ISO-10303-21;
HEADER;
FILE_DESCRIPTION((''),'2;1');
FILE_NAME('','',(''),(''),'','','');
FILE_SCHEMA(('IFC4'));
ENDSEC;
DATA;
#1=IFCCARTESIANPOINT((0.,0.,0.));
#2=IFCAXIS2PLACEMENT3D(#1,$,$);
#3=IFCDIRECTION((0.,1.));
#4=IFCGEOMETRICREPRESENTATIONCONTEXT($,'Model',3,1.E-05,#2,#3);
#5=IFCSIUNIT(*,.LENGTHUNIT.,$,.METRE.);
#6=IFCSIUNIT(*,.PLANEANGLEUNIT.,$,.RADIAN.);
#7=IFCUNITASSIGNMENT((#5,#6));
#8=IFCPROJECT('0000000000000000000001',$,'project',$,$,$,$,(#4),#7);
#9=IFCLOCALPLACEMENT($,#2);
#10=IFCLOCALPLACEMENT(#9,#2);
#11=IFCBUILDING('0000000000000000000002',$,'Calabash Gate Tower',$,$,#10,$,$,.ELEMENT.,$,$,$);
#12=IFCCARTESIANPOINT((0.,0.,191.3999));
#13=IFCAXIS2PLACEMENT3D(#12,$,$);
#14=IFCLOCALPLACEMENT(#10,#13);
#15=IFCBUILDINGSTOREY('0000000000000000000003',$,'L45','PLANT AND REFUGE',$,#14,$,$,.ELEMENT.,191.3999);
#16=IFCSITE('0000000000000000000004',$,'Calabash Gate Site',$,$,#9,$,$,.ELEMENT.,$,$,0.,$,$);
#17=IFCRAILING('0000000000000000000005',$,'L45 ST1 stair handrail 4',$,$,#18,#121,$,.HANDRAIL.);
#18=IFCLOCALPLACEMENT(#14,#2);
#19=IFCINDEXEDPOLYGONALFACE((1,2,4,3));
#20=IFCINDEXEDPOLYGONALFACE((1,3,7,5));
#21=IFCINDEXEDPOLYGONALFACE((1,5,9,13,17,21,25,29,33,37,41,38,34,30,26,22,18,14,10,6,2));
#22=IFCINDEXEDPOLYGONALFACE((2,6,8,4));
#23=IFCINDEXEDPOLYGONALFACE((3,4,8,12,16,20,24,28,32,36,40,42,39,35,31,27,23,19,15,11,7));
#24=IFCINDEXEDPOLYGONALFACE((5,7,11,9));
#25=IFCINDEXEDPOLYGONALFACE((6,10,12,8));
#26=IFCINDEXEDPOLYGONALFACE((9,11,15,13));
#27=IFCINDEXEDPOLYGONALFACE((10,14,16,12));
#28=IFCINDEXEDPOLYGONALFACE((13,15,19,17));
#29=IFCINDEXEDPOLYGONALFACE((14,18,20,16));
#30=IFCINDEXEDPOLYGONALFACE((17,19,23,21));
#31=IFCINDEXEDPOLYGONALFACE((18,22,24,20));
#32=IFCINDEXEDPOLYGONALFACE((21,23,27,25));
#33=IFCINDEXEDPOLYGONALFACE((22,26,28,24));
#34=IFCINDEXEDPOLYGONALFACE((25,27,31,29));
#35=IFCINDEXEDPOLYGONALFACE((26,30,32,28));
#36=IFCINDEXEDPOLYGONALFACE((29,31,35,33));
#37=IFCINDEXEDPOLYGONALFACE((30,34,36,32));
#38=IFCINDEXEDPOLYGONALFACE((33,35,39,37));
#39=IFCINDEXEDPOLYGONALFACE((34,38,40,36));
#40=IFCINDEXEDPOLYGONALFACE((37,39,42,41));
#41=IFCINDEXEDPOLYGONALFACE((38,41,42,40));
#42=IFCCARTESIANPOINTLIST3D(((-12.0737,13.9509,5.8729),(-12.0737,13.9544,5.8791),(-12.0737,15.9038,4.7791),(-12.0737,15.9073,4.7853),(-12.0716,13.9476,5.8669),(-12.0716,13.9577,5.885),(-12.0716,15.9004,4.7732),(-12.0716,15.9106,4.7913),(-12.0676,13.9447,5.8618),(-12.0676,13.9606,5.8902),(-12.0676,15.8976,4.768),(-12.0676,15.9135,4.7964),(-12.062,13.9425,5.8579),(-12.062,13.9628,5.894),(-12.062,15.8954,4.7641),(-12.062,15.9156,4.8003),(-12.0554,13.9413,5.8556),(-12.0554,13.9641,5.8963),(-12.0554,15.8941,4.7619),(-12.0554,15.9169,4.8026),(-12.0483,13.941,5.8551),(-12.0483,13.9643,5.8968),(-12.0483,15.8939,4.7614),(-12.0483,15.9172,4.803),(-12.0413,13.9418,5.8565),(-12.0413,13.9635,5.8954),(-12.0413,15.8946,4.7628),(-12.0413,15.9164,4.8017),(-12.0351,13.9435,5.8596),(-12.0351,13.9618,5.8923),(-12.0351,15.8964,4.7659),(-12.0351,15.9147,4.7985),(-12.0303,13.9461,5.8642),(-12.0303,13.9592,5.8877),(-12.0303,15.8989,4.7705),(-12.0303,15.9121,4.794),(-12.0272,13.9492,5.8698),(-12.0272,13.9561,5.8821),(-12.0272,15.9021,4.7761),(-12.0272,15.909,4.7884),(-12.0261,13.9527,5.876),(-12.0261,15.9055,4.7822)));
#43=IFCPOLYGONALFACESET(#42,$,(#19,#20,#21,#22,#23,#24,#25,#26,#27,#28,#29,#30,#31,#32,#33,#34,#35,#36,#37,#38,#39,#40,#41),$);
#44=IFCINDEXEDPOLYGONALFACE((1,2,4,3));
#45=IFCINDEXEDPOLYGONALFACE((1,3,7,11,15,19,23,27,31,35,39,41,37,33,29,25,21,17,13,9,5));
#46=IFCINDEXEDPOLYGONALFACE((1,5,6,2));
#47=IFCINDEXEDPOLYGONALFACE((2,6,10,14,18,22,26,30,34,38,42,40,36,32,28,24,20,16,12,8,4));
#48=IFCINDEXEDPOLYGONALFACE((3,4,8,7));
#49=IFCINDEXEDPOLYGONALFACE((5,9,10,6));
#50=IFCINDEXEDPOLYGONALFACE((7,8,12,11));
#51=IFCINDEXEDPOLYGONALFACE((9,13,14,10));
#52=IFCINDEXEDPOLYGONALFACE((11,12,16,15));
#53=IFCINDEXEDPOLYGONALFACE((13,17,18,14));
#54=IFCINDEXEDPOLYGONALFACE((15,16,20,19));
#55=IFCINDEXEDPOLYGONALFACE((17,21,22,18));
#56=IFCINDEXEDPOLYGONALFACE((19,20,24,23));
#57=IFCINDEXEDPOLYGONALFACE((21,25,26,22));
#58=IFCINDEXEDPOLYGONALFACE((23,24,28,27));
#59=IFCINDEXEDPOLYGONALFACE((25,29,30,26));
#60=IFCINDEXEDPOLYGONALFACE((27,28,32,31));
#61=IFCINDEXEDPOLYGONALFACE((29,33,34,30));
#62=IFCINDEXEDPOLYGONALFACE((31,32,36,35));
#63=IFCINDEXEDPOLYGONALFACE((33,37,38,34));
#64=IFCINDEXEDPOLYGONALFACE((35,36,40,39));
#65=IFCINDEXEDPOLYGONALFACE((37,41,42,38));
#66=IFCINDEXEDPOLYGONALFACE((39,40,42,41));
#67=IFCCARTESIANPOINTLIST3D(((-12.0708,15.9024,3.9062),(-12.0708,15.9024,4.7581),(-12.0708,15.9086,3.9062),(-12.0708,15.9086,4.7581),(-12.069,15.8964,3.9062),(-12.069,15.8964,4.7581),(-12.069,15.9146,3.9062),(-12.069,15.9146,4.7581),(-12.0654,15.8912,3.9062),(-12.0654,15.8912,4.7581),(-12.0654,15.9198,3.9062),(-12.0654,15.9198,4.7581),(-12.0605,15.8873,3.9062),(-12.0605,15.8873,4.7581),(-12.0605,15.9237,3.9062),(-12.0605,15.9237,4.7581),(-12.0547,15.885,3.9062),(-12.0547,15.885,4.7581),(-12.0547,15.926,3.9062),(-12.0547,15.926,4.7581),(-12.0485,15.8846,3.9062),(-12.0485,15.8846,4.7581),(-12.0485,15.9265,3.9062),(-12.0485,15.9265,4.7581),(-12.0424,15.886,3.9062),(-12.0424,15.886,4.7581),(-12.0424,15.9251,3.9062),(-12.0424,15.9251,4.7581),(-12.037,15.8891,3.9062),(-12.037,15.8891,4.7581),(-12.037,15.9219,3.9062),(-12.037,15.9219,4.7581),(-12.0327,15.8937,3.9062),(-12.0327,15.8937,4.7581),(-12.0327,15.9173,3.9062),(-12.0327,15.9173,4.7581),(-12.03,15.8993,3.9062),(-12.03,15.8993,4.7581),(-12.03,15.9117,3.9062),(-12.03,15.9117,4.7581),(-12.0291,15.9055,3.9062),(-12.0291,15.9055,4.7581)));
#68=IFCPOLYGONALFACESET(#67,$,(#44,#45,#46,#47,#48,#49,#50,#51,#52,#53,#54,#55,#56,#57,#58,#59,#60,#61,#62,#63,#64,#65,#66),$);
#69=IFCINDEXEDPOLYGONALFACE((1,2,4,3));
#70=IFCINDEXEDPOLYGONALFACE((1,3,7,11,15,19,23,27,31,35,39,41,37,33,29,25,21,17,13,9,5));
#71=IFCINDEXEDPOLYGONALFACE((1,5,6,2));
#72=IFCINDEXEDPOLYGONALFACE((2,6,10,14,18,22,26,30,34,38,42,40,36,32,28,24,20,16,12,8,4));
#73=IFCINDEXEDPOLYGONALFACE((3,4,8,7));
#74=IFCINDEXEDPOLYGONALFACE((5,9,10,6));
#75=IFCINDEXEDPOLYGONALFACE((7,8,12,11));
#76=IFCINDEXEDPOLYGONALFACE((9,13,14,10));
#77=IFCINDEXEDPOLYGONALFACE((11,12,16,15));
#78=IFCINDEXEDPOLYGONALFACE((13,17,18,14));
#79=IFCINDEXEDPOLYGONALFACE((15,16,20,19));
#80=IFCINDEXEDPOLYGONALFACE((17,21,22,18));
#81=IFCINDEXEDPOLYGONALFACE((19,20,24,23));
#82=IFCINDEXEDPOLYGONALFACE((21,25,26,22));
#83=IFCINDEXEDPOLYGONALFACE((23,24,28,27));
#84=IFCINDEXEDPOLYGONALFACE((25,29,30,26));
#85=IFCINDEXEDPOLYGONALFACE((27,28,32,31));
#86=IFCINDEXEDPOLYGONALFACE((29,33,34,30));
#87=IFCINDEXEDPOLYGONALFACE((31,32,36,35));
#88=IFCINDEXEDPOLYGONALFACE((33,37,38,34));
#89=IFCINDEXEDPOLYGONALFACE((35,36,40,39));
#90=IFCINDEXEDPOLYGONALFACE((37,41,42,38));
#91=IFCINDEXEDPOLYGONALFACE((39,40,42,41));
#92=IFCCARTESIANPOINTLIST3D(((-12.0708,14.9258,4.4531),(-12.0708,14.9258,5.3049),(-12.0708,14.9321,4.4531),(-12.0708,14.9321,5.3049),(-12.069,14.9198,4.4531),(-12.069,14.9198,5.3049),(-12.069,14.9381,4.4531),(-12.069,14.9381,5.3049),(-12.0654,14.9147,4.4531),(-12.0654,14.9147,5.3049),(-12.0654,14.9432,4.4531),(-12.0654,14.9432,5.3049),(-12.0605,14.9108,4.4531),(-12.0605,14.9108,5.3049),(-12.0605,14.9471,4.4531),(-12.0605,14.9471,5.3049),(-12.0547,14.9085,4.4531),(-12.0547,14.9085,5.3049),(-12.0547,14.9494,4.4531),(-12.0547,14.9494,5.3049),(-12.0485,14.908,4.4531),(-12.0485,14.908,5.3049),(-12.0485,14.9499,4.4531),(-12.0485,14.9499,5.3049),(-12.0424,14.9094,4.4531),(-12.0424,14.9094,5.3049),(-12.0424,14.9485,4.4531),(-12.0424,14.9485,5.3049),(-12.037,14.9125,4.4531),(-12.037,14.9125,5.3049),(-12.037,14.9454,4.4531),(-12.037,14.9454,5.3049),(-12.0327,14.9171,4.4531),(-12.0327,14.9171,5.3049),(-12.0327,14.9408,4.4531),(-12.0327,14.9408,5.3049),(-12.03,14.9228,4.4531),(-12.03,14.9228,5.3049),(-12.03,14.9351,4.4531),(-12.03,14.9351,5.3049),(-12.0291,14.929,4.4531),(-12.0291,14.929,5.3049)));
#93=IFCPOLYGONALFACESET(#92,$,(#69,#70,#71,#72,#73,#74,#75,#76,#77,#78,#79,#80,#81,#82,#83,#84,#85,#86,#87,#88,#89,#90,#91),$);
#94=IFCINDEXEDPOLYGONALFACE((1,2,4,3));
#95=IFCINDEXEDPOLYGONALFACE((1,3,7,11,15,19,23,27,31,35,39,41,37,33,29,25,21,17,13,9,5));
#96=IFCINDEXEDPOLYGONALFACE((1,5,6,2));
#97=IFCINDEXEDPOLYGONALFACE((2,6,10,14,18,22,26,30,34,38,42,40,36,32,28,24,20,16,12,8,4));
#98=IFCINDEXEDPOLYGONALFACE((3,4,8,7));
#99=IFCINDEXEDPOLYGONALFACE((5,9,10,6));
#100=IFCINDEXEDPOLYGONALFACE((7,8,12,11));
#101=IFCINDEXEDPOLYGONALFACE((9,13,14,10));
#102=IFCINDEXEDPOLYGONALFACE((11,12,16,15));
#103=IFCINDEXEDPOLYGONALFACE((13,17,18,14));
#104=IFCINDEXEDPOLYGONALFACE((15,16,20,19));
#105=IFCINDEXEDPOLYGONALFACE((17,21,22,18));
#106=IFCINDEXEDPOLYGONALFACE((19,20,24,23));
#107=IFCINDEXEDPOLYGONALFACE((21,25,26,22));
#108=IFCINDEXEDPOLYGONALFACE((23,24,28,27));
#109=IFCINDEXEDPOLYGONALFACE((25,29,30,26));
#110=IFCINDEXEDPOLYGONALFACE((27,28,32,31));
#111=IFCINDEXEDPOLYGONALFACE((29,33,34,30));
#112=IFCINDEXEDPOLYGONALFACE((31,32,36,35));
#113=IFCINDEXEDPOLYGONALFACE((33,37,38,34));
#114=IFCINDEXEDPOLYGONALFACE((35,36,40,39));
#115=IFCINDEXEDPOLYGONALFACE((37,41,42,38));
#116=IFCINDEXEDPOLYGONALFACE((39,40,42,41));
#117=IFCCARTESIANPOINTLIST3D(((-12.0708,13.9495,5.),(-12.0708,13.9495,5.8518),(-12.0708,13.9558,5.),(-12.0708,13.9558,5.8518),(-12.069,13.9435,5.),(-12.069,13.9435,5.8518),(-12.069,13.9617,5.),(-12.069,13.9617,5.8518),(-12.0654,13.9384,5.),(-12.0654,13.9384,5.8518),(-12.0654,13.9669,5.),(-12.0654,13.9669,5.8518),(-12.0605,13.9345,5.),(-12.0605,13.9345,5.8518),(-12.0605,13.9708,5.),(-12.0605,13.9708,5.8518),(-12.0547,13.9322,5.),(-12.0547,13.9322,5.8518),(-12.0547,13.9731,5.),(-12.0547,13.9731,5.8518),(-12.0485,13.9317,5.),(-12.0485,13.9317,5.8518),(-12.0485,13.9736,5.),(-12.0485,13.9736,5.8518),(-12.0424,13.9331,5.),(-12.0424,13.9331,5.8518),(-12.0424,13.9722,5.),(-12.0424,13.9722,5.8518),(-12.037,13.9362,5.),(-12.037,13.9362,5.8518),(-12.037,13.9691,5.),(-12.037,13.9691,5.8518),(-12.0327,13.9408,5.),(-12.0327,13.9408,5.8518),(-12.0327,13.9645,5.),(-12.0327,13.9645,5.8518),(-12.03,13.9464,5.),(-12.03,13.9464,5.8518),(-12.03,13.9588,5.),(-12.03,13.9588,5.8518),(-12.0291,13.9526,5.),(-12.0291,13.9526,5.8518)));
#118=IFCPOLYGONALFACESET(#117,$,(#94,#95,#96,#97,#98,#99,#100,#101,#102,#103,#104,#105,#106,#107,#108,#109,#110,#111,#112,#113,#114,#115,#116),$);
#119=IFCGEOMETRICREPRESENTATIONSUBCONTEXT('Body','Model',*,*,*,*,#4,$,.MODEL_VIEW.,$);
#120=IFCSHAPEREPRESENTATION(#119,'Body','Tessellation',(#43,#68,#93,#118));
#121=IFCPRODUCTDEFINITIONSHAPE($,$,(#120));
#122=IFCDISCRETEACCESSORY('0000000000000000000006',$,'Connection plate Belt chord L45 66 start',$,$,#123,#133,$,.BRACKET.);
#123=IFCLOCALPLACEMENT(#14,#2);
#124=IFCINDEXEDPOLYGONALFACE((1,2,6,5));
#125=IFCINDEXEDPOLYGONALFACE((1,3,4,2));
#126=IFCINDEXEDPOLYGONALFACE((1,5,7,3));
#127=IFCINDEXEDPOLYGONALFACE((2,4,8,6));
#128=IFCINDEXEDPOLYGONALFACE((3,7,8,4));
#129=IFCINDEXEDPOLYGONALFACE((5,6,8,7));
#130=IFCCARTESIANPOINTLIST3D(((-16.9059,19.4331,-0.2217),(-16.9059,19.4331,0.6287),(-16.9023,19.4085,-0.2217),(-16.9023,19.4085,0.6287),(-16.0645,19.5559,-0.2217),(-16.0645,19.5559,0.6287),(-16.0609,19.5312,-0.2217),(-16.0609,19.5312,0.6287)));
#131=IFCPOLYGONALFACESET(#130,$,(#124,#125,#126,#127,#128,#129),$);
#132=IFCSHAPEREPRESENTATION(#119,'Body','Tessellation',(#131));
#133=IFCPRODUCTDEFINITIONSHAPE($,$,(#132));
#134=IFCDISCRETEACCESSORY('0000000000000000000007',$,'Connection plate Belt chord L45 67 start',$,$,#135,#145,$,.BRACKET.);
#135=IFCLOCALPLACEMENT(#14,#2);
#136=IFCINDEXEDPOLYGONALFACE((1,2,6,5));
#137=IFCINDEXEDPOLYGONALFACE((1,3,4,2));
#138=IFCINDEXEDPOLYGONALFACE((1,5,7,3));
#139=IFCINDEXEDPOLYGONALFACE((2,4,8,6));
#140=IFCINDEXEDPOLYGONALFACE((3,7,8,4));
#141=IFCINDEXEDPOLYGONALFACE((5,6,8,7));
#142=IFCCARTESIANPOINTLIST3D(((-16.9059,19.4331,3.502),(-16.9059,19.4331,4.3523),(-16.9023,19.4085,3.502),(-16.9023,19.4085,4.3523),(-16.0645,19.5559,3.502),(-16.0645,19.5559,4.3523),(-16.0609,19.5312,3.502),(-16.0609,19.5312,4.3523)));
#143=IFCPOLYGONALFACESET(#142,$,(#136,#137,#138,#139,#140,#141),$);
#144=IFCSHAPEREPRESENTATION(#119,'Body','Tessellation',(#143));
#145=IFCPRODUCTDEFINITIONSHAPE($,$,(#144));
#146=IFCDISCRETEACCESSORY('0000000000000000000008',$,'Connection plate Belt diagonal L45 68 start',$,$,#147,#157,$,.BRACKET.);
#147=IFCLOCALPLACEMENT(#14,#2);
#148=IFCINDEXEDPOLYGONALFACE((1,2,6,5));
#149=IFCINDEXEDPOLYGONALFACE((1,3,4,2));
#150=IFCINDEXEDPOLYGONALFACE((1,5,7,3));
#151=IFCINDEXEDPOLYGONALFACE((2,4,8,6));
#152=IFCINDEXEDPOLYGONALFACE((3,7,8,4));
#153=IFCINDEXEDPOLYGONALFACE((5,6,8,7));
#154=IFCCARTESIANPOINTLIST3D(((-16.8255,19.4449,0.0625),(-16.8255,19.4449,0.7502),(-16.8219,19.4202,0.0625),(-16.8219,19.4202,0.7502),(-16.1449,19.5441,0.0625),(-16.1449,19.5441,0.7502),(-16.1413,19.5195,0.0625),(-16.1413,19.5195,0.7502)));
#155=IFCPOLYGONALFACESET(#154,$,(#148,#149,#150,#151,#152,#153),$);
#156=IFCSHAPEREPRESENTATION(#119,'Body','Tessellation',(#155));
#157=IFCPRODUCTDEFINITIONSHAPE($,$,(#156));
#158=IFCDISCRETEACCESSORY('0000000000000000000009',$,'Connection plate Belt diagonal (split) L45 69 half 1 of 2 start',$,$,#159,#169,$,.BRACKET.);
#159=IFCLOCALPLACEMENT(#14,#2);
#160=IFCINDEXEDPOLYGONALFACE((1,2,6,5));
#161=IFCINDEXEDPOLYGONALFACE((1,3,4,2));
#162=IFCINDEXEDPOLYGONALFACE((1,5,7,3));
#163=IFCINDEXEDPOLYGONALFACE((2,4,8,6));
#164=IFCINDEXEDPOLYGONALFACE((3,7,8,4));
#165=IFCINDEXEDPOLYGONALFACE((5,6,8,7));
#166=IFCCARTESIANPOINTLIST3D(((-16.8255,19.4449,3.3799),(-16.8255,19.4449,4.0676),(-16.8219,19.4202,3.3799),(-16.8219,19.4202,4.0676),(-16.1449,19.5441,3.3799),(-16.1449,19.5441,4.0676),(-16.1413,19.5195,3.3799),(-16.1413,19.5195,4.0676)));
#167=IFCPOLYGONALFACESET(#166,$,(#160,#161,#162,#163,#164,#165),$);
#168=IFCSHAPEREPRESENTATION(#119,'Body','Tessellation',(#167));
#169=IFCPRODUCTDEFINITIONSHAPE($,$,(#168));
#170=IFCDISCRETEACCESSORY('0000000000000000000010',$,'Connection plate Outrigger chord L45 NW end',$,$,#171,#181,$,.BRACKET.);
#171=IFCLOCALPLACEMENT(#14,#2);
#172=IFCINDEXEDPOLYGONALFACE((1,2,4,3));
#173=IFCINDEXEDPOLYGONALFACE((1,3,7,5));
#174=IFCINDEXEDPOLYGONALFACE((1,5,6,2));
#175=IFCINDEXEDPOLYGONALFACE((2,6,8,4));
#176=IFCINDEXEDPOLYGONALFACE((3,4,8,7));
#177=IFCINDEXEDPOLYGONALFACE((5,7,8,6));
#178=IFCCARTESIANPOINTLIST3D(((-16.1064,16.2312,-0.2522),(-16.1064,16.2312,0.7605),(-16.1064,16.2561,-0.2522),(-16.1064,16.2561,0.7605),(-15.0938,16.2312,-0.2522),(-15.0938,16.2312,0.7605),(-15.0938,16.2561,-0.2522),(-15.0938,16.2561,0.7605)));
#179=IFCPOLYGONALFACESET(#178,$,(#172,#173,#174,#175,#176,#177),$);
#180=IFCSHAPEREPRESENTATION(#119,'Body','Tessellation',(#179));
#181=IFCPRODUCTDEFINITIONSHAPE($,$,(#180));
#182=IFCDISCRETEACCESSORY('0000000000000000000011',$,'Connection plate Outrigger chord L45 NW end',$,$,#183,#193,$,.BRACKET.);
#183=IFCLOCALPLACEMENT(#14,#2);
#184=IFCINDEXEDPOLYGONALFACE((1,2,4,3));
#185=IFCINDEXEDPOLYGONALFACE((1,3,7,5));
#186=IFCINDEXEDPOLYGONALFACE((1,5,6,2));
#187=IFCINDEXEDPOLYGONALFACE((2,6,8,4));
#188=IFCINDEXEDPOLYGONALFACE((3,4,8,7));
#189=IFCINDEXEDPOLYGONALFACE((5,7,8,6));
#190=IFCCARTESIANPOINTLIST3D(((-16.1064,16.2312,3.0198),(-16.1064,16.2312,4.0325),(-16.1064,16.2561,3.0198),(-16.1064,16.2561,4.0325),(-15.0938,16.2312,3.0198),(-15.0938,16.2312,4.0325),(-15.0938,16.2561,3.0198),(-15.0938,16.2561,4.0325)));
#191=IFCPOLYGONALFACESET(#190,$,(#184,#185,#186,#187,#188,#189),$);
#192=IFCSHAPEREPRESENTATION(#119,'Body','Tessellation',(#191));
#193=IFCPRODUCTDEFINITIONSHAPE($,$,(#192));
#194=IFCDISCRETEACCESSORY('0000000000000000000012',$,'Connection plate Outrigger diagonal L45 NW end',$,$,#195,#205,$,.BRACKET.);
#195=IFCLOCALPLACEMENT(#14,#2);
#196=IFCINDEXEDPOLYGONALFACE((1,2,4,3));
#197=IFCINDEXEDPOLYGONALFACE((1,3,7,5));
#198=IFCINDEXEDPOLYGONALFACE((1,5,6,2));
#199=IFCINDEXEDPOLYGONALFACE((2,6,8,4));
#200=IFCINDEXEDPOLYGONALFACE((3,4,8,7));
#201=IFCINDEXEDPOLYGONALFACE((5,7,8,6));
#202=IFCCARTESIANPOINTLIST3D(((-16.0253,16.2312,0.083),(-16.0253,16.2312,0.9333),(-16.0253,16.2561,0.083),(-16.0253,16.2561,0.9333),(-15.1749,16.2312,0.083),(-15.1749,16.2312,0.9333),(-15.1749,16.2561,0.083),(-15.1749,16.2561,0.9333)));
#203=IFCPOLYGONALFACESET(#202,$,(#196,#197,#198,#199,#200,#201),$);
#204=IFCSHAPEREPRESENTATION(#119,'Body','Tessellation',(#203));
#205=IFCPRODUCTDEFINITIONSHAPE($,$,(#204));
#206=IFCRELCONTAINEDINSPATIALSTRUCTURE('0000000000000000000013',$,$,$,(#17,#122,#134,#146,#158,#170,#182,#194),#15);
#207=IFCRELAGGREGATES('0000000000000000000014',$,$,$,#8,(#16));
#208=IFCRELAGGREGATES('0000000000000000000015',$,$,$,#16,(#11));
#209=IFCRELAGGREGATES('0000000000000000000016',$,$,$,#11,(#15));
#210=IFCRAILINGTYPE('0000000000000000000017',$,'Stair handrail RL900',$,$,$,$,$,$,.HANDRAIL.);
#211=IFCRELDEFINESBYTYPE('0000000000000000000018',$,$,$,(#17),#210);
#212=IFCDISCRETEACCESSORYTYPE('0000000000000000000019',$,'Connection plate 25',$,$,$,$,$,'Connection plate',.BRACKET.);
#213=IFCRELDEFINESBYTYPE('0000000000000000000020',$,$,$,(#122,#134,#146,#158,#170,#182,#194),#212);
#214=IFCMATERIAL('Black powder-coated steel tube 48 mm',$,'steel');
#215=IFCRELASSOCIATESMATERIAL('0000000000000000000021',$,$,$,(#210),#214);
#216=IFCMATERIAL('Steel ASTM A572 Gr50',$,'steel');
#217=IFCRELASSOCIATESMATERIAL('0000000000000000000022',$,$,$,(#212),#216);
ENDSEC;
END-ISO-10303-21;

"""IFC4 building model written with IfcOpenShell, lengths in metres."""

from ifc_helpers import new_model, si_unit, direction, frame, origin, origin_2d, place, context, subcontext, project, spatial, rectangle, circle, extrude, material, type_object, element, save


model = new_model("IFC4")

# Units and contexts
model_context = context("Model", 3, precision=1e-05, world=origin(), true_north=direction((0.0, 1.0)))
body_context = subcontext(model_context, "Body", "Model", "MODEL_VIEW")
ifc_project = project(units=[si_unit("LENGTHUNIT", "METRE"), si_unit("PLANEANGLEUNIT", "RADIAN")], contexts=[model_context])

# Site, building, storey
site_placement = place(None, origin())
site = spatial("IfcSite", under=ifc_project, at=site_placement, Name="Calabash Gate Site", CompositionType="ELEMENT", RefElevation=0.0)
building_placement = place(site_placement, origin())
building = spatial("IfcBuilding", under=site, at=building_placement, Name="Calabash Gate Tower", CompositionType="ELEMENT")
storey_placement = place(building_placement, frame((0.0, 0.0, 191.3999)))
storey = spatial("IfcBuildingStorey", under=building, at=storey_placement, Name="L45", Description="PLANT AND REFUGE", CompositionType="ELEMENT", Elevation=191.3999)

# Railing
ifc_material_1 = material(Name="Black powder-coated steel tube 48 mm", Category="steel")
railing_type_1 = type_object("IfcRailingType", Name="Stair handrail RL900", PredefinedType="HANDRAIL", material=ifc_material_1)
railing_1_placement = place(storey_placement, frame((-12.05, 15.9055, 3.9062)))
element("IfcRailing", 1, at=railing_1_placement, inside=storey, type_object=railing_type_1, Name="L45 ST1 stair handrail 4", PredefinedType="HANDRAIL", context=body_context, shape_type="SweptSolid", body=[
    extrude(circle(Radius=0.0239, at=origin_2d()), frame((0.0, 0.0, 0.876), z_axis=(0.0, -0.87248, 0.48865), x_axis=(1.0, 0.0, 0.0)), (0.0, 0.0, 1.0), 2.2383),
    extrude(circle(Radius=0.021, at=origin_2d()), origin(), (0.0, 0.0, 1.0), 0.8518),
    extrude(circle(Radius=0.021, at=origin_2d()), frame((0.0, -0.9766, 0.5469)), (0.0, 0.0, 1.0), 0.8518),
    extrude(circle(Radius=0.021, at=origin_2d()), frame((0.0, -1.9529, 1.0938)), (0.0, 0.0, 1.0), 0.8518),
])

# Discrete accessories
ifc_material_2 = material(Name="Steel ASTM A572 Gr50", Category="steel")
discrete_accessory_type_1 = type_object("IfcDiscreteAccessoryType", Name="Connection plate 25", ElementType="Connection plate", PredefinedType="BRACKET", material=ifc_material_2)
for number, where, z_axis, x_axis, name in (
    (2, (-16.4834, 19.4822, -0.2217), (0.0, 0.0, 1.0), (-0.989526, -0.144353, 0.0), "Connection plate Belt chord L45 66 start"),
    (3, (-16.4834, 19.4822, 3.502), (0.0, 0.0, 1.0), (-0.989526, -0.144353, 0.0), "Connection plate Belt chord L45 67 start"),
):
    element("IfcDiscreteAccessory", number, at=place(storey_placement, frame(where, z_axis=z_axis, x_axis=x_axis)), inside=storey, type_object=discrete_accessory_type_1, Name=name, PredefinedType="BRACKET", context=body_context, shape_type="SweptSolid", body=[
        extrude(rectangle(XDim=0.8503, YDim=0.0249, at=origin_2d()), origin(), (0.0, 0.0, 1.0), 0.8503),
    ])
for number, where, z_axis, x_axis, name in (
    (4, (-16.4834, 19.4822, 0.0625), (0.0, 0.0, 1.0), (-0.989526, -0.144353, 0.0), "Connection plate Belt diagonal L45 68 start"),
    (5, (-16.4834, 19.4822, 3.3799), (0.0, 0.0, 1.0), (-0.989526, -0.144353, 0.0), "Connection plate Belt diagonal (split) L45 69 half 1 of 2 start"),
):
    element("IfcDiscreteAccessory", number, at=place(storey_placement, frame(where, z_axis=z_axis, x_axis=x_axis)), inside=storey, type_object=discrete_accessory_type_1, Name=name, PredefinedType="BRACKET", context=body_context, shape_type="SweptSolid", body=[
        extrude(rectangle(XDim=0.6877, YDim=0.0249, at=origin_2d()), origin(), (0.0, 0.0, 1.0), 0.6877),
    ])
for number, where, z_axis, x_axis, name in (
    (6, (-15.6001, 16.2437, -0.2522), (0.0, 0.0, 1.0), (1.0, 0.0, 0.0), "Connection plate Outrigger chord L45 NW end"),
    (7, (-15.6001, 16.2437, 3.0198), (0.0, 0.0, 1.0), (1.0, 0.0, 0.0), "Connection plate Outrigger chord L45 NW end"),
):
    element("IfcDiscreteAccessory", number, at=place(storey_placement, frame(where, z_axis=z_axis, x_axis=x_axis)), inside=storey, type_object=discrete_accessory_type_1, Name=name, PredefinedType="BRACKET", context=body_context, shape_type="SweptSolid", body=[
        extrude(rectangle(XDim=1.0127, YDim=0.0249, at=origin_2d()), origin(), (0.0, 0.0, 1.0), 1.0127),
    ])
discrete_accessory_1_placement = place(storey_placement, frame((-15.6001, 16.2437, 0.083), z_axis=(0.0, 0.0, 1.0), x_axis=(1.0, 0.0, 0.0)))
element("IfcDiscreteAccessory", 8, at=discrete_accessory_1_placement, inside=storey, type_object=discrete_accessory_type_1, Name="Connection plate Outrigger diagonal L45 NW end", PredefinedType="BRACKET", context=body_context, shape_type="SweptSolid", body=[
    extrude(rectangle(XDim=0.8503, YDim=0.0249, at=origin_2d()), origin(), (0.0, 0.0, 1.0), 0.8503),
])

save(model, "model.ifc")
